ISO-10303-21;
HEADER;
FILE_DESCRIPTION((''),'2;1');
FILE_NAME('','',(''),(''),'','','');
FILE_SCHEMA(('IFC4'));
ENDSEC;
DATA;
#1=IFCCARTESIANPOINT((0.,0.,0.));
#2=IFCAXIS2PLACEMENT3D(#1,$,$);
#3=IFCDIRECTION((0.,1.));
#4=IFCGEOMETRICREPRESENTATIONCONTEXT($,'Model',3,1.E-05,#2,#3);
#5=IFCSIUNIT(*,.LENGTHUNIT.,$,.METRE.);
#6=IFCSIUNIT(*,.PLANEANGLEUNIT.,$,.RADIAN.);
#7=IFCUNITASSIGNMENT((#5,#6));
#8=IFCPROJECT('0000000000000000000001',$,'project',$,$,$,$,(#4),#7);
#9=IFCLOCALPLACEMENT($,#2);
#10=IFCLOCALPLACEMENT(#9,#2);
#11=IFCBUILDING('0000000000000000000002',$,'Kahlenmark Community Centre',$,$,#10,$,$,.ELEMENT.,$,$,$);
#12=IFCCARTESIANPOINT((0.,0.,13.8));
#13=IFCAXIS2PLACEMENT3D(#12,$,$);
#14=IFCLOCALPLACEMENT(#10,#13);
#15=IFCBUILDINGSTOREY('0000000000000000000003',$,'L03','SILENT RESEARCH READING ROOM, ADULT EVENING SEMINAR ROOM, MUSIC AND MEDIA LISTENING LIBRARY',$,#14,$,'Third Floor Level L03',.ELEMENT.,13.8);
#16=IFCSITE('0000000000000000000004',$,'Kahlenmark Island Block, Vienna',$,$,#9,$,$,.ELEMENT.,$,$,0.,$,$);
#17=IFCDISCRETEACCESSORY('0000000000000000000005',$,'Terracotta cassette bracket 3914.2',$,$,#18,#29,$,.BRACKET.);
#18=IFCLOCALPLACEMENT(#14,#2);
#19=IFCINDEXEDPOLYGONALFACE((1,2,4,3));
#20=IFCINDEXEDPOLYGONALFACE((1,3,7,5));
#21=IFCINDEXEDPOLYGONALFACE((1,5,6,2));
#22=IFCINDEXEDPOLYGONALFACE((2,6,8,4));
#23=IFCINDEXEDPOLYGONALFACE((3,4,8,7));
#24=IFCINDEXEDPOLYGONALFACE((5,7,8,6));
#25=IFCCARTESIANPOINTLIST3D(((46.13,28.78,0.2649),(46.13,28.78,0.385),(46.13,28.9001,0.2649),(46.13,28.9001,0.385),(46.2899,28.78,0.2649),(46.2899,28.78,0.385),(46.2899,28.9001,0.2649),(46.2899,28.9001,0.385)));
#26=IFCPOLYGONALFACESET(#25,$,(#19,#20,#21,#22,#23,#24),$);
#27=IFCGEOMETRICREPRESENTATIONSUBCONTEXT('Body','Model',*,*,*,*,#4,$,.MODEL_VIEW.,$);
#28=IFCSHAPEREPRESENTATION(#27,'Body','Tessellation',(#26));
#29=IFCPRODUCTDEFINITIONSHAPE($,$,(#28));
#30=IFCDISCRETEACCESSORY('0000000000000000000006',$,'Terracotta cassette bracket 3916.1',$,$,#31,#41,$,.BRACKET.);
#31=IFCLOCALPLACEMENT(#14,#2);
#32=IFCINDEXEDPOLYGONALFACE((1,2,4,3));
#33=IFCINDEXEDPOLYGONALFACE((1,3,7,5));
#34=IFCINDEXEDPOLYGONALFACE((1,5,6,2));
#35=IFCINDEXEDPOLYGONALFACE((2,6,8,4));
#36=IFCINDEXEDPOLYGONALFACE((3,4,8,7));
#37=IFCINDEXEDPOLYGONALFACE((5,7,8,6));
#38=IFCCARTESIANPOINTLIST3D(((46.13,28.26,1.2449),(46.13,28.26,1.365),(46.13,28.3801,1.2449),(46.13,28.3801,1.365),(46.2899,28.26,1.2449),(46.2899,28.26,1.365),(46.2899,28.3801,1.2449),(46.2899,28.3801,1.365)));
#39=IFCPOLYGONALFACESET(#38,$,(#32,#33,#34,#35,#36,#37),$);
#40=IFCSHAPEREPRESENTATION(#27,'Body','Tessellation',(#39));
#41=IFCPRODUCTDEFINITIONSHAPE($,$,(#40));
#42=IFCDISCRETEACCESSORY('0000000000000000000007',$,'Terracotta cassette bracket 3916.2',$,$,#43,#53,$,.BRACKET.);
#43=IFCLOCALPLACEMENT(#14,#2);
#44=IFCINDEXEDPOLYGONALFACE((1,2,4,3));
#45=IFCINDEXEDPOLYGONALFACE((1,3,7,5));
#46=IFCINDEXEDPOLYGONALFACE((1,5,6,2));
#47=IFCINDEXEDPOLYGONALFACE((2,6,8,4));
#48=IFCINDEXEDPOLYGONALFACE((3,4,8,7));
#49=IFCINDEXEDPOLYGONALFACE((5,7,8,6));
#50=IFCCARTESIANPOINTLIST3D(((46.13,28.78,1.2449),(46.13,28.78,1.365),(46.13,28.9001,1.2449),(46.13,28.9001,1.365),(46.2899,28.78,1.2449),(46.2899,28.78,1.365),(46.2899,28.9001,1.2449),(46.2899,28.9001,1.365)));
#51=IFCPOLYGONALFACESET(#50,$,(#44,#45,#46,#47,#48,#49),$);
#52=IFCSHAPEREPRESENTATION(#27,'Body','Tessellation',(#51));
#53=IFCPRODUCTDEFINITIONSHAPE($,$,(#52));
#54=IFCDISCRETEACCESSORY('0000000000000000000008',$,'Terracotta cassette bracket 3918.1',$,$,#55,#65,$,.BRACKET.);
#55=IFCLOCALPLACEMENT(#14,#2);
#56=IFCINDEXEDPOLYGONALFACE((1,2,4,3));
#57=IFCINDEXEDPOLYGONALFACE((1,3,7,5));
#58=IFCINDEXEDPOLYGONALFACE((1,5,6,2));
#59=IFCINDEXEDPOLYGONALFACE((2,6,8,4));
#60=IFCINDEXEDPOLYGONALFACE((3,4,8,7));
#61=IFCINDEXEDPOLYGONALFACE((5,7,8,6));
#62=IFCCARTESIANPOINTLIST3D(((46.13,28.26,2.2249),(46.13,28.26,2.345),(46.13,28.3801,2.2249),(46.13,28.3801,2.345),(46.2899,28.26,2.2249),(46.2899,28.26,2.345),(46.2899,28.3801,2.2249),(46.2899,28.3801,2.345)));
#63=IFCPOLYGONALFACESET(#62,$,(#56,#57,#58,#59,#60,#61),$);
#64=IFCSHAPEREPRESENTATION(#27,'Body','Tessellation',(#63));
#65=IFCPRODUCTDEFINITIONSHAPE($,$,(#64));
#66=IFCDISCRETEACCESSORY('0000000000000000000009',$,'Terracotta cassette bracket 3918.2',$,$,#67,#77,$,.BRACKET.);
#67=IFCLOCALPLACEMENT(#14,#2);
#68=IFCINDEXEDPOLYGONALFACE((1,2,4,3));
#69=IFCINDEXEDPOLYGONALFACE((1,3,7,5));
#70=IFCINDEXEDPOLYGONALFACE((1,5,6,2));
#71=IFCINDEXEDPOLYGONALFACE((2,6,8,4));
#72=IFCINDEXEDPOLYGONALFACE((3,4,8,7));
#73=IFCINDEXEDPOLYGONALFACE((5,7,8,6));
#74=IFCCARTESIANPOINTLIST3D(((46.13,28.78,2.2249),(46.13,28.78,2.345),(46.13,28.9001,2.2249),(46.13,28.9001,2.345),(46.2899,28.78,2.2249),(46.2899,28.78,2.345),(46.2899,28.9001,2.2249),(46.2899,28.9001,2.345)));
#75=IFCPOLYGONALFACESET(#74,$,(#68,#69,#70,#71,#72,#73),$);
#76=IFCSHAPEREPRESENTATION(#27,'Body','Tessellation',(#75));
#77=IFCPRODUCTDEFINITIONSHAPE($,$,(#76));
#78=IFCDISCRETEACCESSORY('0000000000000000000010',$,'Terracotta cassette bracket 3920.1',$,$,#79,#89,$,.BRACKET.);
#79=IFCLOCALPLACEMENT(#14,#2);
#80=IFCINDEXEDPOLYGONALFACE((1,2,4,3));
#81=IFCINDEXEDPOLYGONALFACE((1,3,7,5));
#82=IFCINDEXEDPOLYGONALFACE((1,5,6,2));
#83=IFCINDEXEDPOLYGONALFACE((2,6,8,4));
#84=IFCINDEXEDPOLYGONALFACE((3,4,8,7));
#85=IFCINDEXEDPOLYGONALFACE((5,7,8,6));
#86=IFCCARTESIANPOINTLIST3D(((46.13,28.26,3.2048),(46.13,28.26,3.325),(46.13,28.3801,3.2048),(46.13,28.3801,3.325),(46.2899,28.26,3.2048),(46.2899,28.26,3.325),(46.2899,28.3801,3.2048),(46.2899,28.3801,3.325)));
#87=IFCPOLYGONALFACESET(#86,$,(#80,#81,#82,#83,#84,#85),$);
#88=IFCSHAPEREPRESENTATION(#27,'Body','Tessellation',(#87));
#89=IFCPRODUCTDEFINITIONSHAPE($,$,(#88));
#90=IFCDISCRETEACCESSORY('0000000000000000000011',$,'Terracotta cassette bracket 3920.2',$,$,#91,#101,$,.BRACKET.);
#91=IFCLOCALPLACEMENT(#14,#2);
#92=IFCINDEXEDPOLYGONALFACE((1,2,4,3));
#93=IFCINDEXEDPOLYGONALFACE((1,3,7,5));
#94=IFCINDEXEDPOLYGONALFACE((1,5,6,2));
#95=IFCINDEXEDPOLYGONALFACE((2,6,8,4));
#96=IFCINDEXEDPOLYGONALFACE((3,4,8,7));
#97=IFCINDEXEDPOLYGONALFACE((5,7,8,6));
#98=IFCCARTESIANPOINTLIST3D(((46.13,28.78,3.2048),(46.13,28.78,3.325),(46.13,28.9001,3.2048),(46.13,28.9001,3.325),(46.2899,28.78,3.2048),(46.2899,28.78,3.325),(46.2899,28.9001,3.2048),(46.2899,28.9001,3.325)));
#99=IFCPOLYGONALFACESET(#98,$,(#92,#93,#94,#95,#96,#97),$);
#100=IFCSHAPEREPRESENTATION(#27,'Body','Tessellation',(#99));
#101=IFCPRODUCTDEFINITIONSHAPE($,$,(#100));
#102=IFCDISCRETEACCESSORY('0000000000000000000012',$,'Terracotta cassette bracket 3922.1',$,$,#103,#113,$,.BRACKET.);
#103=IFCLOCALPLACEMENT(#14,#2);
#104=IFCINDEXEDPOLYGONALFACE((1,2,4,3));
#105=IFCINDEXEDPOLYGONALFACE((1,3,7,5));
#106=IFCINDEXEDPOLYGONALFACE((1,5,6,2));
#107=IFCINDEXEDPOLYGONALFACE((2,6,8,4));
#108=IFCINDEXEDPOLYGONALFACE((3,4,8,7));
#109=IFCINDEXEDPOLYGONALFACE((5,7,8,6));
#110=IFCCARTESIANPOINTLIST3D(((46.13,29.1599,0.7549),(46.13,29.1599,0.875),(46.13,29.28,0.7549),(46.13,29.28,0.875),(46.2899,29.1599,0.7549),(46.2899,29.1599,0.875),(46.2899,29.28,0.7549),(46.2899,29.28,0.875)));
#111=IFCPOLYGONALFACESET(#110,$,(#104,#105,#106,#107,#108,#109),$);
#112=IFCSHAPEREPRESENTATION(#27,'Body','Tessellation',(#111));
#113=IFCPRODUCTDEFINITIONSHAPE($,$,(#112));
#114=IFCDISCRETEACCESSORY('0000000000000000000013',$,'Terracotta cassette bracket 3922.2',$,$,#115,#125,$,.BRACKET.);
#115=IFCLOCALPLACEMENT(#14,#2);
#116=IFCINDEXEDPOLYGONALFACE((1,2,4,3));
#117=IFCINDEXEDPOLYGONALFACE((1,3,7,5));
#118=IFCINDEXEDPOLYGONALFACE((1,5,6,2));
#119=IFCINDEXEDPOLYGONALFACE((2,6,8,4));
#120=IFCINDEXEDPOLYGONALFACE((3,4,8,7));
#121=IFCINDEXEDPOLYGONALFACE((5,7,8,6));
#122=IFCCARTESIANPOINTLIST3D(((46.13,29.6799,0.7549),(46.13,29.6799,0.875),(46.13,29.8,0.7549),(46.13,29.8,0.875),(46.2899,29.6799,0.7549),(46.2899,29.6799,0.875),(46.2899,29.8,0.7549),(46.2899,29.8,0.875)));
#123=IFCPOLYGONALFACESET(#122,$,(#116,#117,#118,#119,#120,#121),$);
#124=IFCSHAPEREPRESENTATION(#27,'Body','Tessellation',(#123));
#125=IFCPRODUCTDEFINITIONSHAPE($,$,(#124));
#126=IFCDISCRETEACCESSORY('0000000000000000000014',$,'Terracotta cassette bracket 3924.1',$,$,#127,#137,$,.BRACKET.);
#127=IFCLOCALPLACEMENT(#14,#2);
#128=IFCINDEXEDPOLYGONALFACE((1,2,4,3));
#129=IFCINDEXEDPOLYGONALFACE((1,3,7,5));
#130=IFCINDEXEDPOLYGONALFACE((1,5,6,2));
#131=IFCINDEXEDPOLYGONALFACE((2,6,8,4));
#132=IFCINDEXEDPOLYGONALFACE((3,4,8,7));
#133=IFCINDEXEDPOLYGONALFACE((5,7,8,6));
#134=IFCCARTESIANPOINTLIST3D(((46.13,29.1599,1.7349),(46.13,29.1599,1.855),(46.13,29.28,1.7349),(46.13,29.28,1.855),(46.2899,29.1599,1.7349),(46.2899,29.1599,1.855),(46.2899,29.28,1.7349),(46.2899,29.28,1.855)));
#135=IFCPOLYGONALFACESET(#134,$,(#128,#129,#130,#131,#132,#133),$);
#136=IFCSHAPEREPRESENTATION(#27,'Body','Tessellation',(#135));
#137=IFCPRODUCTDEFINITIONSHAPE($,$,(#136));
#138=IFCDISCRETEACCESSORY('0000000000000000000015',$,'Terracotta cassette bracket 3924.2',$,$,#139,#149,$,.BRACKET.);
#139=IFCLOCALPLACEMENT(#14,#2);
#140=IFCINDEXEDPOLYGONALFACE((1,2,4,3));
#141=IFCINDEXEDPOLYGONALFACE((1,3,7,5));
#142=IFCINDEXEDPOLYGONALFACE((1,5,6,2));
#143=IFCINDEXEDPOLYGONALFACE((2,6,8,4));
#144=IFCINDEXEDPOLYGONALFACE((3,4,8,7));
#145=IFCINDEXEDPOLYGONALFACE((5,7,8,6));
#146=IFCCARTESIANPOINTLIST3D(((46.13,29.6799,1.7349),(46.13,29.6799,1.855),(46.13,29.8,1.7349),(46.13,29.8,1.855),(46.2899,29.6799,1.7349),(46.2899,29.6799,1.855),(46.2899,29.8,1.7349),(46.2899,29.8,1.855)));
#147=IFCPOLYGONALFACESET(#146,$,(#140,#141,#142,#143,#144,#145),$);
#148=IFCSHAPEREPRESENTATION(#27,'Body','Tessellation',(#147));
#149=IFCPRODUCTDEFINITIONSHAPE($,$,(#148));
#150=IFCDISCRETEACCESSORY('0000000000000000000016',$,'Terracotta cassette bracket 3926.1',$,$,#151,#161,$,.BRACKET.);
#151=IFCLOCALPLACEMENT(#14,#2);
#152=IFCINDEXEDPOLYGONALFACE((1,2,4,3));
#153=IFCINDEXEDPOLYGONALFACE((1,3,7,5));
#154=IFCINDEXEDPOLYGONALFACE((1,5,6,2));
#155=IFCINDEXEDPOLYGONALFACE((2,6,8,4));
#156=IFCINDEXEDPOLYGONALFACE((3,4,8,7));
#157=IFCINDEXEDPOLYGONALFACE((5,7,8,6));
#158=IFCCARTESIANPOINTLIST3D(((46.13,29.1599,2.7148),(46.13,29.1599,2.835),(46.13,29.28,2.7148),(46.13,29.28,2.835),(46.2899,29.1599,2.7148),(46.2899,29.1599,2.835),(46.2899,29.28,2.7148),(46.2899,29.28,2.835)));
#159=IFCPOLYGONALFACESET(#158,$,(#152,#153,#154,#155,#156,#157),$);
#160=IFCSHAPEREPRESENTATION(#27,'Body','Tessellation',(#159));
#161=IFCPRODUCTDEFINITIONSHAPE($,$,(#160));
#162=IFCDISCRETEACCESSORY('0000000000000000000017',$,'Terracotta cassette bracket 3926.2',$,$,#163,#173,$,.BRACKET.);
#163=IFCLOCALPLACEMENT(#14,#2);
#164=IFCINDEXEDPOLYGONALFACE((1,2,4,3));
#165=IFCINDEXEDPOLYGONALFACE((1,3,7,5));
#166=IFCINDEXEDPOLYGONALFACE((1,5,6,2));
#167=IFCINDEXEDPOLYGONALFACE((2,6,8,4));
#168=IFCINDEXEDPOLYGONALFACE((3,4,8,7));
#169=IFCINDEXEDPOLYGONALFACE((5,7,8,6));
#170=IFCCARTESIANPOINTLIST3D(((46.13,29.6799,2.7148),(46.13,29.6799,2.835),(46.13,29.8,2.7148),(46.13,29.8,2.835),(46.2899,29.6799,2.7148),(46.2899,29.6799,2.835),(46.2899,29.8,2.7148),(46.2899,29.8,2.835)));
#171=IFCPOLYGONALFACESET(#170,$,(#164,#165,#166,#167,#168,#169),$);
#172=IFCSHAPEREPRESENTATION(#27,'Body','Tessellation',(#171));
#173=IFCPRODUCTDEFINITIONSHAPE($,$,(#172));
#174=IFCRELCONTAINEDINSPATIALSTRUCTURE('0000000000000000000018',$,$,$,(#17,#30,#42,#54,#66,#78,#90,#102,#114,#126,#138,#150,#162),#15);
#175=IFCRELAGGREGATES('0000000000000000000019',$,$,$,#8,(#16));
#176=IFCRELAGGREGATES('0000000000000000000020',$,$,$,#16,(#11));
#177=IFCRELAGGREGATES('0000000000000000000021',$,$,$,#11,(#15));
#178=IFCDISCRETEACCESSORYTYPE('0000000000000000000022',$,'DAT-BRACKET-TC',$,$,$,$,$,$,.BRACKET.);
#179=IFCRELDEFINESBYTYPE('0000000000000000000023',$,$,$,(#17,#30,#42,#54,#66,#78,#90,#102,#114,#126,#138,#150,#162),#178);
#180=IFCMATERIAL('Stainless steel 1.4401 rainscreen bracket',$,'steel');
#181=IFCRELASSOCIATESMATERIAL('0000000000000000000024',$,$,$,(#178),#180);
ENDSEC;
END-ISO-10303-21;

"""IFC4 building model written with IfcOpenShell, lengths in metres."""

from ifc_helpers import new_model, si_unit, direction, frame, origin, origin_2d, place, context, subcontext, project, spatial, rectangle, extrude, material, type_object, element, save


model = new_model("IFC4")

# Units and contexts
model_context = context("Model", 3, precision=1e-05, world=origin(), true_north=direction((0.0, 1.0)))
body_context = subcontext(model_context, "Body", "Model", "MODEL_VIEW")
ifc_project = project(units=[si_unit("LENGTHUNIT", "METRE"), si_unit("PLANEANGLEUNIT", "RADIAN")], contexts=[model_context])

# Site, building, storey
site_placement = place(None, origin())
site = spatial("IfcSite", under=ifc_project, at=site_placement, Name="Kahlenmark Island Block, Vienna", CompositionType="ELEMENT", RefElevation=0.0)
building_placement = place(site_placement, origin())
building = spatial("IfcBuilding", under=site, at=building_placement, Name="Kahlenmark Community Centre", CompositionType="ELEMENT")
storey_placement = place(building_placement, frame((0.0, 0.0, 13.8)))
storey = spatial("IfcBuildingStorey", under=building, at=storey_placement, Name="L03", Description="SILENT RESEARCH READING ROOM, ADULT EVENING SEMINAR ROOM, MUSIC AND MEDIA LISTENING LIBRARY", LongName="Third Floor Level L03", CompositionType="ELEMENT", Elevation=13.8)

# Discrete accessories
ifc_material_1 = material(Name="Stainless steel 1.4401 rainscreen bracket", Category="steel")
discrete_accessory_type = type_object("IfcDiscreteAccessoryType", Name="DAT-BRACKET-TC", PredefinedType="BRACKET", material=ifc_material_1)
for number, where, z_axis, x_axis, name in (
    (1, (46.21, 28.8401, 0.2649), (0.0, 0.0, 1.0), (0.0, 1.0, 0.0), "Terracotta cassette bracket 3914.2"),
    (2, (46.21, 28.3201, 1.2449), (0.0, 0.0, 1.0), (0.0, 1.0, 0.0), "Terracotta cassette bracket 3916.1"),
    (3, (46.21, 28.8401, 1.2449), (0.0, 0.0, 1.0), (0.0, 1.0, 0.0), "Terracotta cassette bracket 3916.2"),
    (4, (46.21, 28.3201, 2.2249), (0.0, 0.0, 1.0), (0.0, 1.0, 0.0), "Terracotta cassette bracket 3918.1"),
    (5, (46.21, 28.8401, 2.2249), (0.0, 0.0, 1.0), (0.0, 1.0, 0.0), "Terracotta cassette bracket 3918.2"),
    (6, (46.21, 28.3201, 3.2048), (0.0, 0.0, 1.0), (0.0, 1.0, 0.0), "Terracotta cassette bracket 3920.1"),
    (7, (46.21, 28.8401, 3.2048), (0.0, 0.0, 1.0), (0.0, 1.0, 0.0), "Terracotta cassette bracket 3920.2"),
    (8, (46.21, 29.22, 0.7549), (0.0, 0.0, 1.0), (0.0, 1.0, 0.0), "Terracotta cassette bracket 3922.1"),
    (9, (46.21, 29.74, 0.7549), (0.0, 0.0, 1.0), (0.0, 1.0, 0.0), "Terracotta cassette bracket 3922.2"),
    (10, (46.21, 29.22, 1.7349), (0.0, 0.0, 1.0), (0.0, 1.0, 0.0), "Terracotta cassette bracket 3924.1"),
    (11, (46.21, 29.74, 1.7349), (0.0, 0.0, 1.0), (0.0, 1.0, 0.0), "Terracotta cassette bracket 3924.2"),
    (12, (46.21, 29.22, 2.7148), (0.0, 0.0, 1.0), (0.0, 1.0, 0.0), "Terracotta cassette bracket 3926.1"),
    (13, (46.21, 29.74, 2.7148), (0.0, 0.0, 1.0), (0.0, 1.0, 0.0), "Terracotta cassette bracket 3926.2"),
):
    element("IfcDiscreteAccessory", number, at=place(storey_placement, frame(where, z_axis=z_axis, x_axis=x_axis)), inside=storey, type_object=discrete_accessory_type, Name=name, PredefinedType="BRACKET", context=body_context, shape_type="SweptSolid", body=[
        extrude(rectangle(XDim=0.1201, YDim=0.1599, at=origin_2d()), origin(), (0.0, 0.0, 1.0), 0.1201),
    ])

save(model, "model.ifc")
